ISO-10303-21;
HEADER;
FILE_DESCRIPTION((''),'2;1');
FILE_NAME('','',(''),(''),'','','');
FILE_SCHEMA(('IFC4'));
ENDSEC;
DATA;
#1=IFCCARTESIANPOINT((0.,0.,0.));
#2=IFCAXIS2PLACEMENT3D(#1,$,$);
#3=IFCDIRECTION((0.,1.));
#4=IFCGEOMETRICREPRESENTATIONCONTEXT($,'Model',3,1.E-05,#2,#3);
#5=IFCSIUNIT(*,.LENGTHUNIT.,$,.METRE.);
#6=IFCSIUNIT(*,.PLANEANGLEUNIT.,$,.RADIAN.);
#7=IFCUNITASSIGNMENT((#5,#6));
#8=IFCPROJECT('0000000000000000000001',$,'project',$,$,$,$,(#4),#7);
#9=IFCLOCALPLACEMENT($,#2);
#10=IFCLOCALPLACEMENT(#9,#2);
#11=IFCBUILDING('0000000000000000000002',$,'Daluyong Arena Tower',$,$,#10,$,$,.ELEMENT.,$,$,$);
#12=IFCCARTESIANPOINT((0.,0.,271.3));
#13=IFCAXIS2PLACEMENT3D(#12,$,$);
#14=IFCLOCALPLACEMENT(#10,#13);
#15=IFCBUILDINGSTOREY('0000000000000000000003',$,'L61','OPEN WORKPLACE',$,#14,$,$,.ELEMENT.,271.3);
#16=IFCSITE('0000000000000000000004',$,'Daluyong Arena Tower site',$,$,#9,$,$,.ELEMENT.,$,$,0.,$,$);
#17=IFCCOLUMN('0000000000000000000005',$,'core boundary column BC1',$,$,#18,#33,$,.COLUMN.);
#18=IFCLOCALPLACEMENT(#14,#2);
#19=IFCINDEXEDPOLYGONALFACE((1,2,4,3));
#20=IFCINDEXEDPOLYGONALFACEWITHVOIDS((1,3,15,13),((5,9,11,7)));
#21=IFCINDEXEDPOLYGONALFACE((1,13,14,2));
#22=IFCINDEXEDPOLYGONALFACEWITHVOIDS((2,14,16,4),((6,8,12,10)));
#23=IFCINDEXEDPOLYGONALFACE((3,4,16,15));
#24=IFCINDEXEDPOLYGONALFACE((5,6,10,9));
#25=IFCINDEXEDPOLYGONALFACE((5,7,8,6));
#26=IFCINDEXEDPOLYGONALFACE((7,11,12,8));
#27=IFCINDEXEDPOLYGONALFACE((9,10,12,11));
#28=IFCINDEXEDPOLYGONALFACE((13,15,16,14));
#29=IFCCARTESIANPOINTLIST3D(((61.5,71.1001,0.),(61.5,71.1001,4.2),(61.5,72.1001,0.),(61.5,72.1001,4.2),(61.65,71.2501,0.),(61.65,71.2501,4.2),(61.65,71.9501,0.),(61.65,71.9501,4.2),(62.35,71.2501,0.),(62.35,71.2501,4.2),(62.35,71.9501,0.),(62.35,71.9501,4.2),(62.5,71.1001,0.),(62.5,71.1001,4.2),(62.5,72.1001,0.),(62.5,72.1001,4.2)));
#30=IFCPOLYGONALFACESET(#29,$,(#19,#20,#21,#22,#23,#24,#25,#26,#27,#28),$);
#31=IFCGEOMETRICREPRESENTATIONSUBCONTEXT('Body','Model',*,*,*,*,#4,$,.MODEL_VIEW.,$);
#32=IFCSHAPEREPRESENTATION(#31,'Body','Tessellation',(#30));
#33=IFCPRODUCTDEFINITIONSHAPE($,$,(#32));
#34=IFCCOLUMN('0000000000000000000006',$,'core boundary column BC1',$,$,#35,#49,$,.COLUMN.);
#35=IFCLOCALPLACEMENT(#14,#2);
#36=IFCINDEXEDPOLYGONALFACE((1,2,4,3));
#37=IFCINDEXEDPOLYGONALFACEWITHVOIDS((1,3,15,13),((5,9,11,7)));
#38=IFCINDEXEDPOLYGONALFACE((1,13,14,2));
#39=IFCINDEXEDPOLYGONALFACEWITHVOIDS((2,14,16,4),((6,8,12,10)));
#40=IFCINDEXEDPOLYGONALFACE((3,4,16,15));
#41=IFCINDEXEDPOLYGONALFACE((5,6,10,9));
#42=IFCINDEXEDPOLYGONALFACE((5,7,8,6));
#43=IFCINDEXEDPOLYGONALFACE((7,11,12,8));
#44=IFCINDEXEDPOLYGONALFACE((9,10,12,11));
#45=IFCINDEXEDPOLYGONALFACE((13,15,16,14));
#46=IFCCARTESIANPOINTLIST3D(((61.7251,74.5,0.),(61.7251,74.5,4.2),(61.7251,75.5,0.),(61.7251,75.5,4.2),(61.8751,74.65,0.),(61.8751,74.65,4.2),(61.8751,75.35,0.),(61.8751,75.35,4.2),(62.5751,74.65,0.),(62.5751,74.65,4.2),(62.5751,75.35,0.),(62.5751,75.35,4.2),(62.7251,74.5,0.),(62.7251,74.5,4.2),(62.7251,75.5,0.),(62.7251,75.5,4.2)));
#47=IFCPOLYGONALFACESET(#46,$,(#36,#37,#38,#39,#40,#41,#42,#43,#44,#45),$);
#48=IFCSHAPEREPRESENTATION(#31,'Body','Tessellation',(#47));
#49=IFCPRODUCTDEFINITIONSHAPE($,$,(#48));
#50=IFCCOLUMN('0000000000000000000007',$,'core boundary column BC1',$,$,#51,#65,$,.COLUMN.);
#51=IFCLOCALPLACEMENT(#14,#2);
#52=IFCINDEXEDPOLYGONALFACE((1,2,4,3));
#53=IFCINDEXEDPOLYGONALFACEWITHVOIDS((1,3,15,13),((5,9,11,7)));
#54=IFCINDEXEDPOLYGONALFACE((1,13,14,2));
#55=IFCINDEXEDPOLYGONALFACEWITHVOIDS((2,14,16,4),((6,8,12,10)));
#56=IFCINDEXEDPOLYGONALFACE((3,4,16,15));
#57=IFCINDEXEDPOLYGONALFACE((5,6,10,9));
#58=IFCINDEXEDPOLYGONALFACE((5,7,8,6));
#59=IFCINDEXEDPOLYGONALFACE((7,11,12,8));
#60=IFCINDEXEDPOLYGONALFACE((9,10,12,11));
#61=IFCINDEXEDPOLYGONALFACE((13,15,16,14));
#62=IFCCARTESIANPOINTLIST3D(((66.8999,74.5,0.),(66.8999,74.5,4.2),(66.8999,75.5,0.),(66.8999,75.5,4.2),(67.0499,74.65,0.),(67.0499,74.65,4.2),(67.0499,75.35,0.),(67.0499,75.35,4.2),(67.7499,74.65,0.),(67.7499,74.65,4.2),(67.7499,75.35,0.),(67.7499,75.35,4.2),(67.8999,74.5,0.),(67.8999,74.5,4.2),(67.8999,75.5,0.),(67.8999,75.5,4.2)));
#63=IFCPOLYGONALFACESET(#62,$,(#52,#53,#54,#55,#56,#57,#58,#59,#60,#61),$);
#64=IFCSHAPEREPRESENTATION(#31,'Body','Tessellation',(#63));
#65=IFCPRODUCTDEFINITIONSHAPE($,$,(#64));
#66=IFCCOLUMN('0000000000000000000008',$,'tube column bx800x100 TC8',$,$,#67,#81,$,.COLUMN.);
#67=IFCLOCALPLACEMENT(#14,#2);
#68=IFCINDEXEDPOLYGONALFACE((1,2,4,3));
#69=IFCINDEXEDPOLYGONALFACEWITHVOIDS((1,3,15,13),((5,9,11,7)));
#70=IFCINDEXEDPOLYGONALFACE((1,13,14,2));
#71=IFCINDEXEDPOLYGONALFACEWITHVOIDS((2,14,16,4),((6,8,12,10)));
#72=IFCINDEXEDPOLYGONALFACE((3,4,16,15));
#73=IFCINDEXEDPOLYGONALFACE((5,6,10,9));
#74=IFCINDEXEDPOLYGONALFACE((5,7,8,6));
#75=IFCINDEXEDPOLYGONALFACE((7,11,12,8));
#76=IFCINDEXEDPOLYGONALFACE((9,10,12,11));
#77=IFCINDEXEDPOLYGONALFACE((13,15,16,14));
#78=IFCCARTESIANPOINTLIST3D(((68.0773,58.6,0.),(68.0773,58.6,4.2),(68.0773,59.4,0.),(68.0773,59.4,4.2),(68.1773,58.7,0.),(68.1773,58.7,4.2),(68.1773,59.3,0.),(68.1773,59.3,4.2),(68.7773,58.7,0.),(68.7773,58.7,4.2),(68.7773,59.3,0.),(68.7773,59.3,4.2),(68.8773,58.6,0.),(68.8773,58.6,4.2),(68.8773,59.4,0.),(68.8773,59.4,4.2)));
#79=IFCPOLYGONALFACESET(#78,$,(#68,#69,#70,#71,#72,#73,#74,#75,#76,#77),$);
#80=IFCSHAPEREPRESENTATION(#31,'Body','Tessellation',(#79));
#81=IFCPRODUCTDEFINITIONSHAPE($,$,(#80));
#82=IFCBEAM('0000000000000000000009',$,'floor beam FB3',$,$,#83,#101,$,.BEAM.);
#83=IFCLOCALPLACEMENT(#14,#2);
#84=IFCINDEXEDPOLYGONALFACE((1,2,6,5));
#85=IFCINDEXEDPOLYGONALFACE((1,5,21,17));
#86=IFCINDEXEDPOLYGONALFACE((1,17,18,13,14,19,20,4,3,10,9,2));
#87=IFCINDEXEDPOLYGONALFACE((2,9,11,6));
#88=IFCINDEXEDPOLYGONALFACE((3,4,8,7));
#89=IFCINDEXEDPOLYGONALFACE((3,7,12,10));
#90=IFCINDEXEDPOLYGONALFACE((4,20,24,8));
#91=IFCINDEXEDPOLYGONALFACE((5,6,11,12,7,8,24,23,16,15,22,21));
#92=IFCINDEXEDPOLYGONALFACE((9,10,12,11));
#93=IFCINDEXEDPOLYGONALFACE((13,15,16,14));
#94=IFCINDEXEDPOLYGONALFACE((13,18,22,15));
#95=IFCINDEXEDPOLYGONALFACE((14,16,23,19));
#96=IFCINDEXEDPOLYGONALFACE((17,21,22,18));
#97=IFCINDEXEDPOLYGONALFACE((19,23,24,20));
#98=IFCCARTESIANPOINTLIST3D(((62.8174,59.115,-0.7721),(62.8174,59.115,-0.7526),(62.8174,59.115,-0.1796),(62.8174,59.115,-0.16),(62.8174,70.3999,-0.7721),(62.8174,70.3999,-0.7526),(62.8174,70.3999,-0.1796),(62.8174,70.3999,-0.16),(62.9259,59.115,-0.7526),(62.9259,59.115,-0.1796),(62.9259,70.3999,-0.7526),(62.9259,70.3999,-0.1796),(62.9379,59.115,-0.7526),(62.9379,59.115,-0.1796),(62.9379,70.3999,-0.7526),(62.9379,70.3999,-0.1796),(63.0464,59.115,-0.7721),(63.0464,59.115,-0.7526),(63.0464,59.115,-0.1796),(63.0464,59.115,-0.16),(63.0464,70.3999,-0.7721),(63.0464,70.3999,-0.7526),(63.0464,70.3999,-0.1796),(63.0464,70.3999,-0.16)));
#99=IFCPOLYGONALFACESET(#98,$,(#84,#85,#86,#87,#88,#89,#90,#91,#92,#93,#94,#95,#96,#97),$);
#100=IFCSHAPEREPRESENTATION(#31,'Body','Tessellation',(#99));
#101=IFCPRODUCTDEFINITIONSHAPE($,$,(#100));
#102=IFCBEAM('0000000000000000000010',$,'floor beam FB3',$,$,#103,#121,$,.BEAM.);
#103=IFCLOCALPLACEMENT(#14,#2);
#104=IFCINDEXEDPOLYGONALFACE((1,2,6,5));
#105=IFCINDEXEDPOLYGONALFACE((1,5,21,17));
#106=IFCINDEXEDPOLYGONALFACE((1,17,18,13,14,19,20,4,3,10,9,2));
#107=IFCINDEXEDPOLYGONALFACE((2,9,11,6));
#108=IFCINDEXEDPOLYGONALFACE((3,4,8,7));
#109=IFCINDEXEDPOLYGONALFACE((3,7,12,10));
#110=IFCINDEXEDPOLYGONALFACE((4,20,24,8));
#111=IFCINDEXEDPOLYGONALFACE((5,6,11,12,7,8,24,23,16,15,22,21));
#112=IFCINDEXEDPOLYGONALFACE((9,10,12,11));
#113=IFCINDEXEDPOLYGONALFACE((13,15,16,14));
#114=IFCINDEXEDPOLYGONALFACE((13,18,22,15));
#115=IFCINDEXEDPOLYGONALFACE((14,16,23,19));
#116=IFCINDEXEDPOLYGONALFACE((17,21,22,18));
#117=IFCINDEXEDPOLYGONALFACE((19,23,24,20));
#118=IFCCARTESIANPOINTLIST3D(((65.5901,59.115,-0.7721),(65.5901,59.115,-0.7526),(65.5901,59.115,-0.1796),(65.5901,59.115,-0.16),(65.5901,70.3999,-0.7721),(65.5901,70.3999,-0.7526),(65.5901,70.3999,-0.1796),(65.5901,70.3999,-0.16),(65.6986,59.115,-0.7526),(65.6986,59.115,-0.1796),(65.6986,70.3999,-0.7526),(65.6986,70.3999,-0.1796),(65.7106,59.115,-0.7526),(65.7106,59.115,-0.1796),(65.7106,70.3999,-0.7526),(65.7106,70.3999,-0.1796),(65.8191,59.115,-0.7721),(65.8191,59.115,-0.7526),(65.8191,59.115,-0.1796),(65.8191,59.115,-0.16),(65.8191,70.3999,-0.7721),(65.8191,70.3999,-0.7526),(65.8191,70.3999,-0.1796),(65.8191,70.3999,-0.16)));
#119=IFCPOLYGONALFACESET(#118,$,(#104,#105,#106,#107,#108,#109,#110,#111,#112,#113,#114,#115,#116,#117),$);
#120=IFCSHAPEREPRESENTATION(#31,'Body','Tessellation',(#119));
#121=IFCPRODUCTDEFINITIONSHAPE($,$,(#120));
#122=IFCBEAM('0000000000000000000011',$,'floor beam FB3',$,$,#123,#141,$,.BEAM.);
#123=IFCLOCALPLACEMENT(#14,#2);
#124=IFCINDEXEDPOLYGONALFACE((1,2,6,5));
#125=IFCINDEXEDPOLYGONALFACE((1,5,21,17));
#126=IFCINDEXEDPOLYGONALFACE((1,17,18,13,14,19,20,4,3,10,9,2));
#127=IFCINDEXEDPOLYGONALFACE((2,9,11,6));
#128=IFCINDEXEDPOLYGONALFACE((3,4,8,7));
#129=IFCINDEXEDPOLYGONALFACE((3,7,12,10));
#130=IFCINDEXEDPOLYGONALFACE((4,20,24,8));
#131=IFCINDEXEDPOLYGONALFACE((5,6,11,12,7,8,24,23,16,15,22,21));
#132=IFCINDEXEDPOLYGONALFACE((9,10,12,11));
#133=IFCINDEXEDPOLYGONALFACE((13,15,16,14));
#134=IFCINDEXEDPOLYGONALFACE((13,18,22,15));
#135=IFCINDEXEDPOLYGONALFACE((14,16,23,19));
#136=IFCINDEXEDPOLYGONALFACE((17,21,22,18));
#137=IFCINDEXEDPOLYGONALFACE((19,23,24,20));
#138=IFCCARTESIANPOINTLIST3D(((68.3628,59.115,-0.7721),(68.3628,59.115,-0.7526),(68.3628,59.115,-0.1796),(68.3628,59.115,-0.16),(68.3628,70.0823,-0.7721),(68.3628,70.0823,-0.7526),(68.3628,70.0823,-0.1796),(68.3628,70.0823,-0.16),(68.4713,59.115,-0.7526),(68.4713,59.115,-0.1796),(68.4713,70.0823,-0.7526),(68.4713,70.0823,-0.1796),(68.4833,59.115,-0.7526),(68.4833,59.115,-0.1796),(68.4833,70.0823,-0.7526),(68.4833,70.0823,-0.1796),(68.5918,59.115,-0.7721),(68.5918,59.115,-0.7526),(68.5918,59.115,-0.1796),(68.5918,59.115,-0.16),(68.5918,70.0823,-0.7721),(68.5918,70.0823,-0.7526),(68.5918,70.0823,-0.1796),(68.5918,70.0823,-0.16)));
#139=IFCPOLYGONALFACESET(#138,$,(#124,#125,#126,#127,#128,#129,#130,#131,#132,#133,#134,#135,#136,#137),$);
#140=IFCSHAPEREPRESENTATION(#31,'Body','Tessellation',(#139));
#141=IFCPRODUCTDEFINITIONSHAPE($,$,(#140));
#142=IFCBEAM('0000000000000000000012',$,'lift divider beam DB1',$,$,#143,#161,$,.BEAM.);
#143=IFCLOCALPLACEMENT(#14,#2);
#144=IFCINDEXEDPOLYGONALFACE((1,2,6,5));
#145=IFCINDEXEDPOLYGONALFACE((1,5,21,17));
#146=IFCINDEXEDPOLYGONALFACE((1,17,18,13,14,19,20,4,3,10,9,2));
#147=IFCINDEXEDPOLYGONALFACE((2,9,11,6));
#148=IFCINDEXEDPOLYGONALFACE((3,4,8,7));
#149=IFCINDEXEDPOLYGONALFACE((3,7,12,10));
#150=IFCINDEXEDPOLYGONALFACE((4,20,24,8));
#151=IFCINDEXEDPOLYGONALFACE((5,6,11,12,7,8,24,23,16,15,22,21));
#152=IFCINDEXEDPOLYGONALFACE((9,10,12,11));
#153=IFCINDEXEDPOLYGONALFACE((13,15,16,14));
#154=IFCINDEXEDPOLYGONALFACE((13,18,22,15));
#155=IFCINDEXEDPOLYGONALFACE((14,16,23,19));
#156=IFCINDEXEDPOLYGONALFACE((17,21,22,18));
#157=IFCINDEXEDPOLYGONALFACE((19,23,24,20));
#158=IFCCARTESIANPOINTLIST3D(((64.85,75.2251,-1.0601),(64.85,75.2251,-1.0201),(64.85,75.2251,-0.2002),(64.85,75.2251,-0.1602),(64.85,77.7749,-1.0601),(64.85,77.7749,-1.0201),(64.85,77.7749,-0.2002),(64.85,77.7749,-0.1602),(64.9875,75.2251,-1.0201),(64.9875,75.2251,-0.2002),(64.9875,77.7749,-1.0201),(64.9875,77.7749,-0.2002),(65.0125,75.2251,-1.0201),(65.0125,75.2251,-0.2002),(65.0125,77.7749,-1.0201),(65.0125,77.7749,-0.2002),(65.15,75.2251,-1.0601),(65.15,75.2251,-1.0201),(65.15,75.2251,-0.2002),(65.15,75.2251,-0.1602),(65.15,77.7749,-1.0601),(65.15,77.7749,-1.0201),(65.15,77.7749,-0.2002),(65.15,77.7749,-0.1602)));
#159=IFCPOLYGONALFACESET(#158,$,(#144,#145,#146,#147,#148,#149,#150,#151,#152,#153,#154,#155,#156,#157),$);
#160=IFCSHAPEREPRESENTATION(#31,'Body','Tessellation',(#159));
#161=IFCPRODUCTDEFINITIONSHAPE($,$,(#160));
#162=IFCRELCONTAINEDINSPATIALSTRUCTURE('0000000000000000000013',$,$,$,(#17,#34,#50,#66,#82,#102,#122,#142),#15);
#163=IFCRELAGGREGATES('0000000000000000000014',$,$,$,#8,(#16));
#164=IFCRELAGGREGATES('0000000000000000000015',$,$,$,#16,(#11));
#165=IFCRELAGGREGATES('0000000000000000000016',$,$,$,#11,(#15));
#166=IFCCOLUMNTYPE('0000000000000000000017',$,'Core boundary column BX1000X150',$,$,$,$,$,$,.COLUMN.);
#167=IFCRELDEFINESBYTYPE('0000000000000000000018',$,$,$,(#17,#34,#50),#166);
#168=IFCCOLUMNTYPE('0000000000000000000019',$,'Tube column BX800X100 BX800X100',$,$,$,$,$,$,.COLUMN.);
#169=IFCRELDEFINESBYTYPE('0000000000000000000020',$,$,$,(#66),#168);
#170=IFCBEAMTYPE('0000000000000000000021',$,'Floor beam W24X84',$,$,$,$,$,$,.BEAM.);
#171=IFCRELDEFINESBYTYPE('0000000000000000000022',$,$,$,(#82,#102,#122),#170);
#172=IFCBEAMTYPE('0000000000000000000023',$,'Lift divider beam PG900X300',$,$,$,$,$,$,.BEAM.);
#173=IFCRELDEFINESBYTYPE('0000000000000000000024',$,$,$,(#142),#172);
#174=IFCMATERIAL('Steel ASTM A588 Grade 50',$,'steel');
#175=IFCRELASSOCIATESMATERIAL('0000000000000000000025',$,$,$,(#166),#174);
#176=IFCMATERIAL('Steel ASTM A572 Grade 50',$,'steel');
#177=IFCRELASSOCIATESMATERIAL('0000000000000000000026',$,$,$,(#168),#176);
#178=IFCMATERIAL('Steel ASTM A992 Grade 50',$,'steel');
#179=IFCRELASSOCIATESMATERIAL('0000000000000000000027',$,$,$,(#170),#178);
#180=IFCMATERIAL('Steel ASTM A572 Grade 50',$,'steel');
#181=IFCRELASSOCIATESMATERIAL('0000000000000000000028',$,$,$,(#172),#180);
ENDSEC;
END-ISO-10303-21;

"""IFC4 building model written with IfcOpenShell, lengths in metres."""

from ifc_helpers import new_model, si_unit, direction, frame, origin, origin_2d, place, context, subcontext, project, spatial, hollow_rectangle, i_section, extrude, material, material_profile, profile_set, type_object, element, save


model = new_model("IFC4")

# Units and contexts
model_context = context("Model", 3, precision=1e-05, world=origin(), true_north=direction((0.0, 1.0)))
body_context = subcontext(model_context, "Body", "Model", "MODEL_VIEW")
ifc_project = project(units=[si_unit("LENGTHUNIT", "METRE"), si_unit("PLANEANGLEUNIT", "RADIAN")], contexts=[model_context])

# Site, building, storey
site_placement = place(None, origin())
site = spatial("IfcSite", under=ifc_project, at=site_placement, Name="Daluyong Arena Tower site", CompositionType="ELEMENT", RefElevation=0.0)
building_placement = place(site_placement, origin())
building = spatial("IfcBuilding", under=site, at=building_placement, Name="Daluyong Arena Tower", CompositionType="ELEMENT")
storey_placement = place(building_placement, frame((0.0, 0.0, 271.3)))
storey = spatial("IfcBuildingStorey", under=building, at=storey_placement, Name="L61", Description="OPEN WORKPLACE", CompositionType="ELEMENT", Elevation=271.3)

# Columns
ifc_material_1 = material(Name="Steel ASTM A588 Grade 50", Category="steel")
ifc_material_profile_1 = material_profile(ifc_material_1, hollow_rectangle(XDim=1.0, YDim=1.0, WallThickness=0.15, at=origin_2d()))
ifc_profile_set_1 = profile_set([ifc_material_profile_1], Name="Steel ASTM A588 Grade 50")
column_type_1 = type_object("IfcColumnType", Name="Core boundary column BX1000X150", PredefinedType="COLUMN", material=ifc_profile_set_1)
for number, where, z_axis, x_axis, name in (
    (1, (62.0, 71.6001, 0.0), (0.0, 0.0, 1.0), (1.0, 0.0, 0.0), "core boundary column BC1"),
    (2, (62.2251, 75.0, 0.0), (0.0, 0.0, 1.0), (1.0, 0.0, 0.0), "core boundary column BC1"),
    (3, (67.3999, 75.0, 0.0), (0.0, 0.0, 1.0), (1.0, 0.0, 0.0), "core boundary column BC1"),
):
    element("IfcColumn", number, at=place(storey_placement, frame(where, z_axis=z_axis, x_axis=x_axis)), inside=storey, type_object=column_type_1, Name=name, PredefinedType="COLUMN", context=body_context, shape_type="SweptSolid", body=[
        extrude(hollow_rectangle(XDim=1.0, YDim=1.0, WallThickness=0.15, at=origin_2d()), origin(), (0.0, 0.0, 1.0), 4.2),
    ])
ifc_material_2 = material(Name="Steel ASTM A572 Grade 50", Category="steel")
ifc_material_profile_2 = material_profile(ifc_material_2, hollow_rectangle(XDim=0.8, YDim=0.8, WallThickness=0.1, at=origin_2d()))
ifc_profile_set_2 = profile_set([ifc_material_profile_2], Name="Steel ASTM A572 Grade 50")
column_type_2 = type_object("IfcColumnType", Name="Tube column BX800X100 BX800X100", PredefinedType="COLUMN", material=ifc_profile_set_2)
column_placement = place(storey_placement, frame((68.4773, 59.0, 0.0), z_axis=(0.0, 0.0, 1.0), x_axis=(1.0, 0.0, 0.0)))
element("IfcColumn", 4, at=column_placement, inside=storey, type_object=column_type_2, Name="tube column bx800x100 TC8", PredefinedType="COLUMN", context=body_context, shape_type="SweptSolid", body=[
    extrude(hollow_rectangle(XDim=0.8, YDim=0.8, WallThickness=0.1, at=origin_2d()), origin(), (0.0, 0.0, 1.0), 4.2),
])

# Beams
ifc_material_3 = material(Name="Steel ASTM A992 Grade 50", Category="steel")
ifc_material_profile_3 = material_profile(ifc_material_3, i_section(OverallWidth=0.229, OverallDepth=0.6121, WebThickness=0.012, FlangeThickness=0.0195, at=origin_2d()))
ifc_profile_set_3 = profile_set([ifc_material_profile_3], Name="Steel ASTM A992 Grade 50")
beam_type_1 = type_object("IfcBeamType", Name="Floor beam W24X84", PredefinedType="BEAM", material=ifc_profile_set_3)
for number, where, z_axis, x_axis, name in (
    (5, (62.9319, 59.115, -0.4661), (0.0, 1.0, 0.0), (-1.0, 0.0, 0.0), "floor beam FB3"),
    (6, (65.7046, 59.115, -0.4661), (0.0, 1.0, 0.0), (-1.0, 0.0, 0.0), "floor beam FB3"),
):
    element("IfcBeam", number, at=place(storey_placement, frame(where, z_axis=z_axis, x_axis=x_axis)), inside=storey, type_object=beam_type_1, Name=name, PredefinedType="BEAM", context=body_context, shape_type="SweptSolid", body=[
        extrude(i_section(OverallWidth=0.229, OverallDepth=0.6121, WebThickness=0.012, FlangeThickness=0.0195, at=origin_2d()), origin(), (0.0, 0.0, 1.0), 11.2849),
    ])
beam_1_placement = place(storey_placement, frame((68.4773, 59.115, -0.4661), z_axis=(0.0, 1.0, 0.0), x_axis=(-1.0, 0.0, 0.0)))
element("IfcBeam", 7, at=beam_1_placement, inside=storey, type_object=beam_type_1, Name="floor beam FB3", PredefinedType="BEAM", context=body_context, shape_type="SweptSolid", body=[
    extrude(i_section(OverallWidth=0.229, OverallDepth=0.6121, WebThickness=0.012, FlangeThickness=0.0195, at=origin_2d()), origin(), (0.0, 0.0, 1.0), 10.9673),
])
ifc_material_4 = material(Name="Steel ASTM A572 Grade 50", Category="steel")
ifc_material_profile_4 = material_profile(ifc_material_4, i_section(OverallWidth=0.3, OverallDepth=0.8999, WebThickness=0.025, FlangeThickness=0.04, at=origin_2d()))
ifc_profile_set_4 = profile_set([ifc_material_profile_4], Name="Steel ASTM A572 Grade 50")
beam_type_2 = type_object("IfcBeamType", Name="Lift divider beam PG900X300", PredefinedType="BEAM", material=ifc_profile_set_4)
beam_2_placement = place(storey_placement, frame((65.0, 75.2251, -0.6101), z_axis=(0.0, 1.0, 0.0), x_axis=(-1.0, 0.0, 0.0)))
element("IfcBeam", 8, at=beam_2_placement, inside=storey, type_object=beam_type_2, Name="lift divider beam DB1", PredefinedType="BEAM", context=body_context, shape_type="SweptSolid", body=[
    extrude(i_section(OverallWidth=0.3, OverallDepth=0.8999, WebThickness=0.025, FlangeThickness=0.04, at=origin_2d()), origin(), (0.0, 0.0, 1.0), 2.5498),
])

save(model, "model.ifc")
